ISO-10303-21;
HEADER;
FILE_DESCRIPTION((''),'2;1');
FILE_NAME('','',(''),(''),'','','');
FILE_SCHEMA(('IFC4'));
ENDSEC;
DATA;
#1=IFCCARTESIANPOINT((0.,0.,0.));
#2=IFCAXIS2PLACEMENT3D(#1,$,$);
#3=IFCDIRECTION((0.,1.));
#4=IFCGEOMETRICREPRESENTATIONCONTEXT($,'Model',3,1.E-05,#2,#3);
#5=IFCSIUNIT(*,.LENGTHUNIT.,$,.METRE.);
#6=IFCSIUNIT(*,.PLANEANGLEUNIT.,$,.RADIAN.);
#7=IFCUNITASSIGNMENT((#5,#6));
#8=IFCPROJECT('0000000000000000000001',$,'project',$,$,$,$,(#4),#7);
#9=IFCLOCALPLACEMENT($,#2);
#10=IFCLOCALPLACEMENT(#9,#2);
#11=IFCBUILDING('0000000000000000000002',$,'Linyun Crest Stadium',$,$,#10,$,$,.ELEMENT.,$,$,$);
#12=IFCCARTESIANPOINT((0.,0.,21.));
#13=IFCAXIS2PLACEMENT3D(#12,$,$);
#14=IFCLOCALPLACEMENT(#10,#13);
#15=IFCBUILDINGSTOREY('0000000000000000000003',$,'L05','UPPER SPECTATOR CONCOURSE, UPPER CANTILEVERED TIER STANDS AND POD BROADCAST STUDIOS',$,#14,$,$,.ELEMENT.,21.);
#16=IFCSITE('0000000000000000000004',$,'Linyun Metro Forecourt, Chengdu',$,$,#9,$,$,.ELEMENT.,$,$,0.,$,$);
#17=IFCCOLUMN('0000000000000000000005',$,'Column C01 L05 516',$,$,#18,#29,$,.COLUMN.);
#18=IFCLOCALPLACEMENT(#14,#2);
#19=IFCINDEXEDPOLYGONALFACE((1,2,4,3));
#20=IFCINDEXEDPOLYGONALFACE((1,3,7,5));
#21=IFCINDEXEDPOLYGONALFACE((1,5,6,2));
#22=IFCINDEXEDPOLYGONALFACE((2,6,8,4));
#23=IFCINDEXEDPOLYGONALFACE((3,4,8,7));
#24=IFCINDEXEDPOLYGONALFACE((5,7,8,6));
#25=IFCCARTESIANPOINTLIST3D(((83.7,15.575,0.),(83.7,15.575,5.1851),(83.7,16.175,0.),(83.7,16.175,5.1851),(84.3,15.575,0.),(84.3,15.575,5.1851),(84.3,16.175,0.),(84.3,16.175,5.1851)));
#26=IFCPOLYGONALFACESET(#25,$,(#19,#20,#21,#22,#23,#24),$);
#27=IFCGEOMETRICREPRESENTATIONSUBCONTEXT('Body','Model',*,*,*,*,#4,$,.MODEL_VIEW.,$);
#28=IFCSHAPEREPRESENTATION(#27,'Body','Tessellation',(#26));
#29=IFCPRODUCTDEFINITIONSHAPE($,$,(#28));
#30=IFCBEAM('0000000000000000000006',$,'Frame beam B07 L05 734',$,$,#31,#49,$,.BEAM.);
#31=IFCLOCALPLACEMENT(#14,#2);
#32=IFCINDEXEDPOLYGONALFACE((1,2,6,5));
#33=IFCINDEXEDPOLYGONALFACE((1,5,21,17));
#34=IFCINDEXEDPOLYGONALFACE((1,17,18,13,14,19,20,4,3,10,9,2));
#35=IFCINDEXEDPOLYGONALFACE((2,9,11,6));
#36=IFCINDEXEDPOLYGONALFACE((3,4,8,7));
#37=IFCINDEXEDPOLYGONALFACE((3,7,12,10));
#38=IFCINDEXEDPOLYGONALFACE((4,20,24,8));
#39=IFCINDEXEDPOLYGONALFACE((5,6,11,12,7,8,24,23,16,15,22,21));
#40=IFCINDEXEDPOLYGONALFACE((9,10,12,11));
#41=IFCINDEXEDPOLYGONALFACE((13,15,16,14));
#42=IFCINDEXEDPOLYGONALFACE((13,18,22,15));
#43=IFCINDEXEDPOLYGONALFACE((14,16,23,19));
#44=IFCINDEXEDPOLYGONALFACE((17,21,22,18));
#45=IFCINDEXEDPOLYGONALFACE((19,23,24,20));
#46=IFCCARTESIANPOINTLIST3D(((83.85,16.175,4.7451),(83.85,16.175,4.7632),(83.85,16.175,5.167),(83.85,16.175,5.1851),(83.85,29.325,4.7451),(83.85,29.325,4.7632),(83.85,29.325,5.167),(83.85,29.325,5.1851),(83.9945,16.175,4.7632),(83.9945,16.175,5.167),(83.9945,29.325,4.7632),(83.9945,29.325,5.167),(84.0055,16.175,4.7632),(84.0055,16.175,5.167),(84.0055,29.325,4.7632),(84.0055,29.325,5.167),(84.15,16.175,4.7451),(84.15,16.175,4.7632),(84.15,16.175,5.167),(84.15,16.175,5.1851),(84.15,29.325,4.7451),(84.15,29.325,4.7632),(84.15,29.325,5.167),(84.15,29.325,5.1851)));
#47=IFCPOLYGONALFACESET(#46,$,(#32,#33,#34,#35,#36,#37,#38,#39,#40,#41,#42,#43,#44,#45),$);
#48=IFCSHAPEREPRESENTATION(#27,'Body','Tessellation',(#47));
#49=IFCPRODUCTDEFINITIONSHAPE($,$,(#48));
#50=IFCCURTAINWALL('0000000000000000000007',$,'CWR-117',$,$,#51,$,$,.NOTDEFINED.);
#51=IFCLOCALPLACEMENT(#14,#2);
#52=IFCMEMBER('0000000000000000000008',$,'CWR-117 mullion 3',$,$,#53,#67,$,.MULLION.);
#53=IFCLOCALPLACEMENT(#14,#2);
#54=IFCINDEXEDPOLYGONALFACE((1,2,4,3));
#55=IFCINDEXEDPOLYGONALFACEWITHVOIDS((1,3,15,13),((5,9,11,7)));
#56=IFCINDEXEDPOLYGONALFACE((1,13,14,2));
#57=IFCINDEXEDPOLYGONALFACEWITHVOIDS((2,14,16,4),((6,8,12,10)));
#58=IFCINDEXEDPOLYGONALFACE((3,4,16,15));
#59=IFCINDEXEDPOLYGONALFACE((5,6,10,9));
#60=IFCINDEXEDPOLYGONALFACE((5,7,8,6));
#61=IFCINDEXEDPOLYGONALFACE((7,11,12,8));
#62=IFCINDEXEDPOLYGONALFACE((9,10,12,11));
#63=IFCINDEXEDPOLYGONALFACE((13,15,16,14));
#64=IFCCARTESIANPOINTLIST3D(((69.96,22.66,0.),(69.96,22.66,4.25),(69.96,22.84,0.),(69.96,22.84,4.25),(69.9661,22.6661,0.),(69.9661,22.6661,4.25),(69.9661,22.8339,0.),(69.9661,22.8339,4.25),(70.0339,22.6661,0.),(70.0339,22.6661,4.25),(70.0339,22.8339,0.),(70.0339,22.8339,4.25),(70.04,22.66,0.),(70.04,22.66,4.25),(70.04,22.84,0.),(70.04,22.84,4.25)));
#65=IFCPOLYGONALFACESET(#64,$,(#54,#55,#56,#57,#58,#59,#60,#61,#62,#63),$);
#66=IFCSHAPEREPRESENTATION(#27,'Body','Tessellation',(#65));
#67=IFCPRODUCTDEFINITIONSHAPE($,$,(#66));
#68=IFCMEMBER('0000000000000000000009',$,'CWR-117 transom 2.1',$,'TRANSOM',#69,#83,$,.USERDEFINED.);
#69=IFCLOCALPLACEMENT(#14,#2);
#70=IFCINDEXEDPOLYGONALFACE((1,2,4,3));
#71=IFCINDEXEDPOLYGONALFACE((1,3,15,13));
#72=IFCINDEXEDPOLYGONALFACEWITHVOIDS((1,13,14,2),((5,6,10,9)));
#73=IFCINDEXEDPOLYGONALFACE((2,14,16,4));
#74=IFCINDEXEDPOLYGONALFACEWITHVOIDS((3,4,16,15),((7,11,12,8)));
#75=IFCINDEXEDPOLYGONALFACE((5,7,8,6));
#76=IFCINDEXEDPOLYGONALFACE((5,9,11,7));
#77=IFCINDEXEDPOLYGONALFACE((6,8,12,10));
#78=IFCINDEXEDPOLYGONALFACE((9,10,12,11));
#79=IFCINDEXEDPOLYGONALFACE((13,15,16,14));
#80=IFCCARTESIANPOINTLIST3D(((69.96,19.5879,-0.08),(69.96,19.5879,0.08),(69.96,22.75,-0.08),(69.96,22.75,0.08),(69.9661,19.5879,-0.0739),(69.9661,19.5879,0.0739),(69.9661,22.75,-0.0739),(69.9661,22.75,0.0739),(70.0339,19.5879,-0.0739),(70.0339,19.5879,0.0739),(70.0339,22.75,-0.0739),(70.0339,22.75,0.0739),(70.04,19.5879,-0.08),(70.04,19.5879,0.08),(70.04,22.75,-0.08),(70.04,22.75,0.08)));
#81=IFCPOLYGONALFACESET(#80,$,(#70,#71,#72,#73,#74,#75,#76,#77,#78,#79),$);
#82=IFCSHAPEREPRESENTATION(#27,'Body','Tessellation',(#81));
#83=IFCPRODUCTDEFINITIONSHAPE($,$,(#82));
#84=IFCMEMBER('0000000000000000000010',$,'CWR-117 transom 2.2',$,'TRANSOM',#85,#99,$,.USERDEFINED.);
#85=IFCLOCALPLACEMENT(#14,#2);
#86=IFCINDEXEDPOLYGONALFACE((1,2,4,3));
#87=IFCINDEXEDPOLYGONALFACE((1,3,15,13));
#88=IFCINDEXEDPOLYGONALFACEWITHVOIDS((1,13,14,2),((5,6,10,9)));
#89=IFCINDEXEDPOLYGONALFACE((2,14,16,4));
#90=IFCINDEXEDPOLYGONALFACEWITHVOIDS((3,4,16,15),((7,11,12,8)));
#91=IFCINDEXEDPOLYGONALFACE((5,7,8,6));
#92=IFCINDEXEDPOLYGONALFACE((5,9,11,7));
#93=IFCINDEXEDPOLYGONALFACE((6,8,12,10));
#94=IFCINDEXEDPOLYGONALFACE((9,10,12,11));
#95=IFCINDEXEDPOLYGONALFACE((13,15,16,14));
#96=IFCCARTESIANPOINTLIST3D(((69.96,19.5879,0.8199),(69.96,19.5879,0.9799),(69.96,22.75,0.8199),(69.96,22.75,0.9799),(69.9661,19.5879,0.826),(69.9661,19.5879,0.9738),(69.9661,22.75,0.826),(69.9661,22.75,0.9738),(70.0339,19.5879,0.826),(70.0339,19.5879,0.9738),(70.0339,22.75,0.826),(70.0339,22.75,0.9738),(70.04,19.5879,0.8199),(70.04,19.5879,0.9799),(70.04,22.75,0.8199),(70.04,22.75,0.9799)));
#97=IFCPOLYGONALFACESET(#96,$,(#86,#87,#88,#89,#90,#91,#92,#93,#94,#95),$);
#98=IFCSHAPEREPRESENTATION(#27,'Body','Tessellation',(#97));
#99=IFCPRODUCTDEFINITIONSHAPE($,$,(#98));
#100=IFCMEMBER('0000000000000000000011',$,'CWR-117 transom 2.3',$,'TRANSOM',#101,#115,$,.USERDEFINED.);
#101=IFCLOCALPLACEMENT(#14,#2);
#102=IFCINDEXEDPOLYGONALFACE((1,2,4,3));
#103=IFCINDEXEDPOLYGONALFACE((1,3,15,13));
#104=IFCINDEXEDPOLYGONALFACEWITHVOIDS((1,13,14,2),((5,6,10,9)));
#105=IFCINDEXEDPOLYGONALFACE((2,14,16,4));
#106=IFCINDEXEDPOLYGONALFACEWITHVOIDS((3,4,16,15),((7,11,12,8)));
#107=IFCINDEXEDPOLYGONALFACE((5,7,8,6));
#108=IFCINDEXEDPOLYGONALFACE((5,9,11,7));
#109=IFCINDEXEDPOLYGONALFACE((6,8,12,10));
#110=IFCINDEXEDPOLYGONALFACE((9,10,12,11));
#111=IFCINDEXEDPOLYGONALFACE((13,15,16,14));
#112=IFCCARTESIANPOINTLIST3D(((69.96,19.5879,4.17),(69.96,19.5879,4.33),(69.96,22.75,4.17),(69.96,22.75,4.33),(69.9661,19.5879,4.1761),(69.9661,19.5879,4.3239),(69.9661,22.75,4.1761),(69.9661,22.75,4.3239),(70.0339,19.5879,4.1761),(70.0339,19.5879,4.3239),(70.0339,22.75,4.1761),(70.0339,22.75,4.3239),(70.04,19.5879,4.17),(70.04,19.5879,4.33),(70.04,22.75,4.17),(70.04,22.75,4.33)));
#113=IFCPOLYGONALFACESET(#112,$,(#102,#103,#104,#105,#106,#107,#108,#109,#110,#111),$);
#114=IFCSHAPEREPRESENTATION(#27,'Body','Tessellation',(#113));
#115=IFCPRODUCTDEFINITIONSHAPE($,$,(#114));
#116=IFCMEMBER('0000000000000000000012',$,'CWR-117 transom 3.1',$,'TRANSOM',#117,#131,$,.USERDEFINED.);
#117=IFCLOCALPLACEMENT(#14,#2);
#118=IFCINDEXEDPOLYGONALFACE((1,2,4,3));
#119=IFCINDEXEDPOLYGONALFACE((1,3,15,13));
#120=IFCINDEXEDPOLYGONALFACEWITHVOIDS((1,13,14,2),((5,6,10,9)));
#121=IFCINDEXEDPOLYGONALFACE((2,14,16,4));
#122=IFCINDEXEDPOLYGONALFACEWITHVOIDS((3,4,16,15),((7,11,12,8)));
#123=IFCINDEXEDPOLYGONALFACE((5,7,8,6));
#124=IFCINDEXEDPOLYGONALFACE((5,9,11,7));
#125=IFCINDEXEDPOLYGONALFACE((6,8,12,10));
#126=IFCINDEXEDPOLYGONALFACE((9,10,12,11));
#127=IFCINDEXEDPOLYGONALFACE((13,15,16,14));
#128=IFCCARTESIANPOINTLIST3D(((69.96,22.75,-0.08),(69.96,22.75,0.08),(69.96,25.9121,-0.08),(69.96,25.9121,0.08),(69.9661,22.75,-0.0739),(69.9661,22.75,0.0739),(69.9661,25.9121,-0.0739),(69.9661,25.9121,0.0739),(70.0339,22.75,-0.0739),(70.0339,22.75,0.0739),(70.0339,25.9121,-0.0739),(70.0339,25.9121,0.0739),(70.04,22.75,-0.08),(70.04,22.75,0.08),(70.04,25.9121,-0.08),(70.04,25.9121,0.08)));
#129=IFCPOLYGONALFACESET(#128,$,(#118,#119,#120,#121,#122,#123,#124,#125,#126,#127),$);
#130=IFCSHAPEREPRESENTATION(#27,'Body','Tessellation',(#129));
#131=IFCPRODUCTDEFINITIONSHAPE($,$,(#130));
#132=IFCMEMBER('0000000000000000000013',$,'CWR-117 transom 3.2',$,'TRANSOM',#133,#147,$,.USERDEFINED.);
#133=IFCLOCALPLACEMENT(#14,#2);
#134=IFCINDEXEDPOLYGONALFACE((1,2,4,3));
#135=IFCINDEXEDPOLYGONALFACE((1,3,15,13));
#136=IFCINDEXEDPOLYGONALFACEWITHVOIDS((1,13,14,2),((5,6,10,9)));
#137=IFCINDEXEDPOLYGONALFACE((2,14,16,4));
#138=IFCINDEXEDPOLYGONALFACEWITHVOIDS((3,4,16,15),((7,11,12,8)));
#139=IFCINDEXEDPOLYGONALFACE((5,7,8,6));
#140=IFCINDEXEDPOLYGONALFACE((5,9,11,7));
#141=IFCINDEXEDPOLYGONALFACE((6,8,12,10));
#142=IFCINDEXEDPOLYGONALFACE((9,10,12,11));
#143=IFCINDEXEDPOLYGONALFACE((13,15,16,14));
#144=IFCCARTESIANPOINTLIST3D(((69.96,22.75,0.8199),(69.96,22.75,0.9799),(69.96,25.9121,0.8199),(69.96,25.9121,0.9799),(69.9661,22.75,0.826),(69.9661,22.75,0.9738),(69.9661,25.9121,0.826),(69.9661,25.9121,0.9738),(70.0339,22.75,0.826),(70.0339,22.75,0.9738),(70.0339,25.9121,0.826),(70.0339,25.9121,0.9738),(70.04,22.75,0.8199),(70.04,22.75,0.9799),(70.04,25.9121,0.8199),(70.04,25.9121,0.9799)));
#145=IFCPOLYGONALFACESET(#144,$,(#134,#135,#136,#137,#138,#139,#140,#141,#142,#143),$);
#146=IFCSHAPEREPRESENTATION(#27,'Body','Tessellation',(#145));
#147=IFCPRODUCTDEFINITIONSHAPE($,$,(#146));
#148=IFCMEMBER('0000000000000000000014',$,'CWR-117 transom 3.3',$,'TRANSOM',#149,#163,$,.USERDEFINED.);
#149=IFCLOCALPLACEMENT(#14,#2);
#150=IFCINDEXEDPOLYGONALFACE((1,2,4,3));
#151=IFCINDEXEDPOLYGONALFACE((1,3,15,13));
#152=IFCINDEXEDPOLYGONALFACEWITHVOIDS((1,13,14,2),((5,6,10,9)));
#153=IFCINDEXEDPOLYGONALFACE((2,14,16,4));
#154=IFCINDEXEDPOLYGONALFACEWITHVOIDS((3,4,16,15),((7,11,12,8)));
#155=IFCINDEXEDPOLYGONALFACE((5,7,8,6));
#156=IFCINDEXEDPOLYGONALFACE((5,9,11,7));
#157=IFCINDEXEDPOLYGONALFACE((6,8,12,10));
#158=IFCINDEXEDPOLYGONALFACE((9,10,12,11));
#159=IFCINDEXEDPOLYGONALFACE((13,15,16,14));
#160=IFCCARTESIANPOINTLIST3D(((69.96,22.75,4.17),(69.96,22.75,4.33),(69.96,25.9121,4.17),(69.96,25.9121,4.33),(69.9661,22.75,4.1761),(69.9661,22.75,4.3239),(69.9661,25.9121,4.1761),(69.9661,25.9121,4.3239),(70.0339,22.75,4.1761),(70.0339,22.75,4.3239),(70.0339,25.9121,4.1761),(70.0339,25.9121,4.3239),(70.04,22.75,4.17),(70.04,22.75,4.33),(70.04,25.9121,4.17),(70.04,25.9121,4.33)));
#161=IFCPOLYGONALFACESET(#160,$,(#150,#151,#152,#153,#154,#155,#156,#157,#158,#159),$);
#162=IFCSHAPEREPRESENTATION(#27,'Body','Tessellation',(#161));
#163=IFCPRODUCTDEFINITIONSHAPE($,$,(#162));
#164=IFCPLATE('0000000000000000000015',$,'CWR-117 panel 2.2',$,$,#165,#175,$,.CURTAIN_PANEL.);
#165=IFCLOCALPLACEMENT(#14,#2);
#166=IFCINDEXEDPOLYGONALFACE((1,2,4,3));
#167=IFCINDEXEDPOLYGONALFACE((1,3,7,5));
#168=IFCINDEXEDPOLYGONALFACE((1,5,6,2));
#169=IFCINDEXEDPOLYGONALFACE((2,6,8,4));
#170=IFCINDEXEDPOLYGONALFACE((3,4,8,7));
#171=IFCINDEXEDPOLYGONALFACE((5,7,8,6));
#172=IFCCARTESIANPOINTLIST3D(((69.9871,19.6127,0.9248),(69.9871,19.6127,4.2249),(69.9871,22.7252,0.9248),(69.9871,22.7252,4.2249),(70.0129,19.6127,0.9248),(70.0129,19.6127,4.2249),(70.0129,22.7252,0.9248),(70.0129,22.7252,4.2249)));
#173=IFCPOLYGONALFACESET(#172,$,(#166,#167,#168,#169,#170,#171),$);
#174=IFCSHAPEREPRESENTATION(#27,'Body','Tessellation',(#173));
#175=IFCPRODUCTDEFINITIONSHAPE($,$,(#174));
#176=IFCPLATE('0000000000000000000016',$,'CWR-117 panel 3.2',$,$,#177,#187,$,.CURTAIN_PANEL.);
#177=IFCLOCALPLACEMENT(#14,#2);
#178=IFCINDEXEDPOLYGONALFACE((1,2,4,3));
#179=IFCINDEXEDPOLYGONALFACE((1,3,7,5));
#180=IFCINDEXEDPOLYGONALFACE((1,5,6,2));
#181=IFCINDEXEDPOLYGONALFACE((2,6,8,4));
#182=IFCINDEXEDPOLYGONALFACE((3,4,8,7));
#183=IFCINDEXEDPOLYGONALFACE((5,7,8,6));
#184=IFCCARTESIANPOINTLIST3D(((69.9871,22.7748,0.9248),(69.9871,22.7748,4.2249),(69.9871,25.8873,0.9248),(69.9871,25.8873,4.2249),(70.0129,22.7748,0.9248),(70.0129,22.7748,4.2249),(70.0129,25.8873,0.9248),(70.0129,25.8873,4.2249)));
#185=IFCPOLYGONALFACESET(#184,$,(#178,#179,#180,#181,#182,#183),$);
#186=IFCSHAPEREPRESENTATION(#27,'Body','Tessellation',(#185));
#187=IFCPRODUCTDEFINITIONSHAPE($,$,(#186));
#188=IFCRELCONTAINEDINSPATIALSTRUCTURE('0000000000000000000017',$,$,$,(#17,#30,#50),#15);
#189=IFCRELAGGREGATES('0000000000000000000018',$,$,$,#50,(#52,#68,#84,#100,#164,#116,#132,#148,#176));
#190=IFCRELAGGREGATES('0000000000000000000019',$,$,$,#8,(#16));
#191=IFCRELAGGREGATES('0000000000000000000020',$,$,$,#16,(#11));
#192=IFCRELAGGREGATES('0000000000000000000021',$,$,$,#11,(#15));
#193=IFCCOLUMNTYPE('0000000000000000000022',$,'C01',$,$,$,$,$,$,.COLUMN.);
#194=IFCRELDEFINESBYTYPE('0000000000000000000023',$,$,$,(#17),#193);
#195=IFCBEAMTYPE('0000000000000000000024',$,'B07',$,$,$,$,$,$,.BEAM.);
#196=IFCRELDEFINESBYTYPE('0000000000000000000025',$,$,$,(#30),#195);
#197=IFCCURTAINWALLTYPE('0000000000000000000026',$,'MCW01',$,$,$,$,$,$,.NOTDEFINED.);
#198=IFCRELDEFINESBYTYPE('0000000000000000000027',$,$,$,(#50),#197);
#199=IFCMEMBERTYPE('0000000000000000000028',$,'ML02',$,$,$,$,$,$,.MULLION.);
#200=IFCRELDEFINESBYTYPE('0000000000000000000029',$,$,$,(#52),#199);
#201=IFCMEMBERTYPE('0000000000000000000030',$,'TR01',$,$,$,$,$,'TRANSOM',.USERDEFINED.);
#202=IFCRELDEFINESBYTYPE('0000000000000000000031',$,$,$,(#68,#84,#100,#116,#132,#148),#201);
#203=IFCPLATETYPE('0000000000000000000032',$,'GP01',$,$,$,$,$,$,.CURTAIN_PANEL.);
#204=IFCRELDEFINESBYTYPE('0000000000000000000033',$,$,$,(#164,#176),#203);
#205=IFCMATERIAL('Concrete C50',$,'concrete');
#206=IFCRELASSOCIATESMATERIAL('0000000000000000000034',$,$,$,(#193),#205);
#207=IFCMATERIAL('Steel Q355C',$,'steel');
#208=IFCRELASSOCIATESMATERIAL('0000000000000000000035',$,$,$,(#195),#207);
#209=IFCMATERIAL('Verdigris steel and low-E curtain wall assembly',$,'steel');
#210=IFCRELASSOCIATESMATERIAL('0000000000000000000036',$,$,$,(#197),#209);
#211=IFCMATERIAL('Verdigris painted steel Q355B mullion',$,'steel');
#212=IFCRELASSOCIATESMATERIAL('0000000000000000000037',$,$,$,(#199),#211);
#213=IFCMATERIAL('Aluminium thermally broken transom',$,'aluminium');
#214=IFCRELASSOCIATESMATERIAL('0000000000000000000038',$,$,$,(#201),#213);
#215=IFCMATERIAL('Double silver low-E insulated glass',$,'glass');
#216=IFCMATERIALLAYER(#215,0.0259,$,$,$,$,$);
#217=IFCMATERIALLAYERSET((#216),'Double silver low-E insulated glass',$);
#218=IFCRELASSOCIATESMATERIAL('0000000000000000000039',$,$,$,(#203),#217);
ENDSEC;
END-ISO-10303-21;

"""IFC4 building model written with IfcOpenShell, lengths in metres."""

from ifc_helpers import new_model, si_unit, direction, frame, origin, origin_2d, place, context, subcontext, project, spatial, rectangle, hollow_rectangle, i_section, extrude, material, layer, layer_set, material_profile, profile_set, type_object, element, aggregate, save


model = new_model("IFC4")

# Units and contexts
model_context = context("Model", 3, precision=1e-05, world=origin(), true_north=direction((0.0, 1.0)))
body_context = subcontext(model_context, "Body", "Model", "MODEL_VIEW")
ifc_project = project(units=[si_unit("LENGTHUNIT", "METRE"), si_unit("PLANEANGLEUNIT", "RADIAN")], contexts=[model_context])

# Site, building, storey
site_placement = place(None, origin())
site = spatial("IfcSite", under=ifc_project, at=site_placement, Name="Linyun Metro Forecourt, Chengdu", CompositionType="ELEMENT", RefElevation=0.0)
building_placement = place(site_placement, origin())
building = spatial("IfcBuilding", under=site, at=building_placement, Name="Linyun Crest Stadium", CompositionType="ELEMENT")
storey_placement = place(building_placement, frame((0.0, 0.0, 21.0)))
storey = spatial("IfcBuildingStorey", under=building, at=storey_placement, Name="L05", Description="UPPER SPECTATOR CONCOURSE, UPPER CANTILEVERED TIER STANDS AND POD BROADCAST STUDIOS", CompositionType="ELEMENT", Elevation=21.0)

# Column
ifc_material_1 = material(Name="Concrete C50", Category="concrete")
ifc_material_profile_1 = material_profile(ifc_material_1, rectangle(XDim=0.6001, YDim=0.6001, at=origin_2d()), Name="RC 600x600")
ifc_profile_set_1 = profile_set([ifc_material_profile_1], Name="Concrete C50")
column_type = type_object("IfcColumnType", Name="C01", PredefinedType="COLUMN", material=ifc_profile_set_1)
column_placement = place(storey_placement, frame((84.0, 15.875, 0.0), z_axis=(0.0, 0.0, 1.0), x_axis=(1.0, 0.0, 0.0)))
element("IfcColumn", 1, at=column_placement, inside=storey, type_object=column_type, Name="Column C01 L05 516", PredefinedType="COLUMN", context=body_context, shape_type="SweptSolid", body=[
    extrude(rectangle(XDim=0.6001, YDim=0.6001, at=origin_2d()), origin(), (0.0, 0.0, 1.0), 5.1851),
])

# Beam
ifc_material_2 = material(Name="Steel Q355C", Category="steel")
ifc_material_profile_2 = material_profile(ifc_material_2, i_section(OverallWidth=0.3, OverallDepth=0.4399, WebThickness=0.011, FlangeThickness=0.0181, at=origin_2d()), Name="HM 440x300")
ifc_profile_set_2 = profile_set([ifc_material_profile_2], Name="Steel Q355C")
beam_type = type_object("IfcBeamType", Name="B07", PredefinedType="BEAM", material=ifc_profile_set_2)
beam_placement = place(storey_placement, frame((84.0, 16.175, 4.9651), z_axis=(0.0, 1.0, 0.0), x_axis=(-1.0, 0.0, 0.0)))
element("IfcBeam", 2, at=beam_placement, inside=storey, type_object=beam_type, Name="Frame beam B07 L05 734", PredefinedType="BEAM", context=body_context, shape_type="SweptSolid", body=[
    extrude(i_section(OverallWidth=0.3, OverallDepth=0.4399, WebThickness=0.011, FlangeThickness=0.0181, at=origin_2d()), origin(), (0.0, 0.0, 1.0), 13.1499),
])

# Curtain wall, members, plates
ifc_material_3 = material(Name="Verdigris steel and low-E curtain wall assembly", Category="steel")
curtain_wall_type = type_object("IfcCurtainWallType", Name="MCW01", PredefinedType="NOTDEFINED", material=ifc_material_3)
curtain_wall_placement = place(storey_placement, origin())
curtain_wall = element("IfcCurtainWall", 3, at=curtain_wall_placement, inside=storey, type_object=curtain_wall_type, Name="CWR-117", PredefinedType="NOTDEFINED")
ifc_material_4 = material(Name="Verdigris painted steel Q355B mullion", Category="steel")
ifc_material_profile_3 = material_profile(ifc_material_4, hollow_rectangle(XDim=0.0801, YDim=0.1799, WallThickness=0.0061, at=origin_2d()), Name="RHS 180x80x6")
ifc_profile_set_3 = profile_set([ifc_material_profile_3], Name="Verdigris painted steel Q355B mullion")
member_type_1 = type_object("IfcMemberType", Name="ML02", PredefinedType="MULLION", material=ifc_profile_set_3)
member_1_placement = place(storey_placement, frame((70.0, 22.75, 0.0), z_axis=(0.0, 0.0, 1.0), x_axis=(-1.0, 0.0, 0.0)))
member_1 = element("IfcMember", 4, at=member_1_placement, type_object=member_type_1, Name="CWR-117 mullion 3", PredefinedType="MULLION", context=body_context, shape_type="SweptSolid", body=[
    extrude(hollow_rectangle(XDim=0.0801, YDim=0.1799, WallThickness=0.0061, at=origin_2d()), origin(), (0.0, 0.0, 1.0), 4.25),
])
ifc_material_5 = material(Name="Aluminium thermally broken transom", Category="aluminium")
ifc_material_profile_4 = material_profile(ifc_material_5, hollow_rectangle(XDim=0.0801, YDim=0.1599, WallThickness=0.0061, at=origin_2d()), Name="RHS 160x80x6")
ifc_profile_set_4 = profile_set([ifc_material_profile_4], Name="Aluminium thermally broken transom")
member_type_2 = type_object("IfcMemberType", Name="TR01", ElementType="TRANSOM", PredefinedType="USERDEFINED", material=ifc_profile_set_4)
member_2_placement = place(storey_placement, frame((70.0, 19.5879, 0.0), z_axis=(0.0, 1.0, 0.0), x_axis=(-1.0, 0.0, 0.0)))
member_2 = element("IfcMember", 5, at=member_2_placement, type_object=member_type_2, Name="CWR-117 transom 2.1", ObjectType="TRANSOM", PredefinedType="USERDEFINED", context=body_context, shape_type="SweptSolid", body=[
    extrude(hollow_rectangle(XDim=0.0801, YDim=0.1599, WallThickness=0.0061, at=origin_2d()), origin(), (0.0, 0.0, 1.0), 3.1621),
])
member_3_placement = place(storey_placement, frame((70.0, 19.5879, 0.8999), z_axis=(0.0, 1.0, 0.0), x_axis=(-1.0, 0.0, 0.0)))
member_3 = element("IfcMember", 6, at=member_3_placement, type_object=member_type_2, Name="CWR-117 transom 2.2", ObjectType="TRANSOM", PredefinedType="USERDEFINED", context=body_context, shape_type="SweptSolid", body=[
    extrude(hollow_rectangle(XDim=0.0801, YDim=0.1599, WallThickness=0.0061, at=origin_2d()), origin(), (0.0, 0.0, 1.0), 3.1621),
])
member_4_placement = place(storey_placement, frame((70.0, 19.5879, 4.25), z_axis=(0.0, 1.0, 0.0), x_axis=(-1.0, 0.0, 0.0)))
member_4 = element("IfcMember", 7, at=member_4_placement, type_object=member_type_2, Name="CWR-117 transom 2.3", ObjectType="TRANSOM", PredefinedType="USERDEFINED", context=body_context, shape_type="SweptSolid", body=[
    extrude(hollow_rectangle(XDim=0.0801, YDim=0.1599, WallThickness=0.0061, at=origin_2d()), origin(), (0.0, 0.0, 1.0), 3.1621),
])
member_5_placement = place(storey_placement, frame((70.0, 22.75, 0.0), z_axis=(0.0, 1.0, 0.0), x_axis=(-1.0, 0.0, 0.0)))
member_5 = element("IfcMember", 8, at=member_5_placement, type_object=member_type_2, Name="CWR-117 transom 3.1", ObjectType="TRANSOM", PredefinedType="USERDEFINED", context=body_context, shape_type="SweptSolid", body=[
    extrude(hollow_rectangle(XDim=0.0801, YDim=0.1599, WallThickness=0.0061, at=origin_2d()), origin(), (0.0, 0.0, 1.0), 3.1621),
])
member_6_placement = place(storey_placement, frame((70.0, 22.75, 0.8999), z_axis=(0.0, 1.0, 0.0), x_axis=(-1.0, 0.0, 0.0)))
member_6 = element("IfcMember", 9, at=member_6_placement, type_object=member_type_2, Name="CWR-117 transom 3.2", ObjectType="TRANSOM", PredefinedType="USERDEFINED", context=body_context, shape_type="SweptSolid", body=[
    extrude(hollow_rectangle(XDim=0.0801, YDim=0.1599, WallThickness=0.0061, at=origin_2d()), origin(), (0.0, 0.0, 1.0), 3.1621),
])
member_7_placement = place(storey_placement, frame((70.0, 22.75, 4.25), z_axis=(0.0, 1.0, 0.0), x_axis=(-1.0, 0.0, 0.0)))
member_7 = element("IfcMember", 10, at=member_7_placement, type_object=member_type_2, Name="CWR-117 transom 3.3", ObjectType="TRANSOM", PredefinedType="USERDEFINED", context=body_context, shape_type="SweptSolid", body=[
    extrude(hollow_rectangle(XDim=0.0801, YDim=0.1599, WallThickness=0.0061, at=origin_2d()), origin(), (0.0, 0.0, 1.0), 3.1621),
])
ifc_material_6 = material(Name="Double silver low-E insulated glass", Category="glass")
ifc_layer_1 = layer(ifc_material_6, 0.0259)
ifc_layer_set_1 = layer_set([ifc_layer_1], Name="Double silver low-E insulated glass")
plate_type_1 = type_object("IfcPlateType", Name="GP01", PredefinedType="CURTAIN_PANEL", material=ifc_layer_set_1)
plate_1_placement = place(storey_placement, frame((70.0, 21.1689, 0.9248), z_axis=(0.0, 0.0, 1.0), x_axis=(0.0, 1.0, 0.0)))
plate_1 = element("IfcPlate", 11, at=plate_1_placement, type_object=plate_type_1, Name="CWR-117 panel 2.2", PredefinedType="CURTAIN_PANEL", context=body_context, shape_type="SweptSolid", body=[
    extrude(rectangle(XDim=3.1125, YDim=0.0259, at=origin_2d()), origin(), (0.0, 0.0, 1.0), 3.3),
])
plate_2_placement = place(storey_placement, frame((70.0, 24.3311, 0.9248), z_axis=(0.0, 0.0, 1.0), x_axis=(0.0, 1.0, 0.0)))
plate_2 = element("IfcPlate", 12, at=plate_2_placement, type_object=plate_type_1, Name="CWR-117 panel 3.2", PredefinedType="CURTAIN_PANEL", context=body_context, shape_type="SweptSolid", body=[
    extrude(rectangle(XDim=3.1125, YDim=0.0259, at=origin_2d()), origin(), (0.0, 0.0, 1.0), 3.3),
])
aggregate(curtain_wall, [member_1, member_2, member_3, member_4, plate_1, member_5, member_6, member_7, plate_2])

save(model, "model.ifc")
